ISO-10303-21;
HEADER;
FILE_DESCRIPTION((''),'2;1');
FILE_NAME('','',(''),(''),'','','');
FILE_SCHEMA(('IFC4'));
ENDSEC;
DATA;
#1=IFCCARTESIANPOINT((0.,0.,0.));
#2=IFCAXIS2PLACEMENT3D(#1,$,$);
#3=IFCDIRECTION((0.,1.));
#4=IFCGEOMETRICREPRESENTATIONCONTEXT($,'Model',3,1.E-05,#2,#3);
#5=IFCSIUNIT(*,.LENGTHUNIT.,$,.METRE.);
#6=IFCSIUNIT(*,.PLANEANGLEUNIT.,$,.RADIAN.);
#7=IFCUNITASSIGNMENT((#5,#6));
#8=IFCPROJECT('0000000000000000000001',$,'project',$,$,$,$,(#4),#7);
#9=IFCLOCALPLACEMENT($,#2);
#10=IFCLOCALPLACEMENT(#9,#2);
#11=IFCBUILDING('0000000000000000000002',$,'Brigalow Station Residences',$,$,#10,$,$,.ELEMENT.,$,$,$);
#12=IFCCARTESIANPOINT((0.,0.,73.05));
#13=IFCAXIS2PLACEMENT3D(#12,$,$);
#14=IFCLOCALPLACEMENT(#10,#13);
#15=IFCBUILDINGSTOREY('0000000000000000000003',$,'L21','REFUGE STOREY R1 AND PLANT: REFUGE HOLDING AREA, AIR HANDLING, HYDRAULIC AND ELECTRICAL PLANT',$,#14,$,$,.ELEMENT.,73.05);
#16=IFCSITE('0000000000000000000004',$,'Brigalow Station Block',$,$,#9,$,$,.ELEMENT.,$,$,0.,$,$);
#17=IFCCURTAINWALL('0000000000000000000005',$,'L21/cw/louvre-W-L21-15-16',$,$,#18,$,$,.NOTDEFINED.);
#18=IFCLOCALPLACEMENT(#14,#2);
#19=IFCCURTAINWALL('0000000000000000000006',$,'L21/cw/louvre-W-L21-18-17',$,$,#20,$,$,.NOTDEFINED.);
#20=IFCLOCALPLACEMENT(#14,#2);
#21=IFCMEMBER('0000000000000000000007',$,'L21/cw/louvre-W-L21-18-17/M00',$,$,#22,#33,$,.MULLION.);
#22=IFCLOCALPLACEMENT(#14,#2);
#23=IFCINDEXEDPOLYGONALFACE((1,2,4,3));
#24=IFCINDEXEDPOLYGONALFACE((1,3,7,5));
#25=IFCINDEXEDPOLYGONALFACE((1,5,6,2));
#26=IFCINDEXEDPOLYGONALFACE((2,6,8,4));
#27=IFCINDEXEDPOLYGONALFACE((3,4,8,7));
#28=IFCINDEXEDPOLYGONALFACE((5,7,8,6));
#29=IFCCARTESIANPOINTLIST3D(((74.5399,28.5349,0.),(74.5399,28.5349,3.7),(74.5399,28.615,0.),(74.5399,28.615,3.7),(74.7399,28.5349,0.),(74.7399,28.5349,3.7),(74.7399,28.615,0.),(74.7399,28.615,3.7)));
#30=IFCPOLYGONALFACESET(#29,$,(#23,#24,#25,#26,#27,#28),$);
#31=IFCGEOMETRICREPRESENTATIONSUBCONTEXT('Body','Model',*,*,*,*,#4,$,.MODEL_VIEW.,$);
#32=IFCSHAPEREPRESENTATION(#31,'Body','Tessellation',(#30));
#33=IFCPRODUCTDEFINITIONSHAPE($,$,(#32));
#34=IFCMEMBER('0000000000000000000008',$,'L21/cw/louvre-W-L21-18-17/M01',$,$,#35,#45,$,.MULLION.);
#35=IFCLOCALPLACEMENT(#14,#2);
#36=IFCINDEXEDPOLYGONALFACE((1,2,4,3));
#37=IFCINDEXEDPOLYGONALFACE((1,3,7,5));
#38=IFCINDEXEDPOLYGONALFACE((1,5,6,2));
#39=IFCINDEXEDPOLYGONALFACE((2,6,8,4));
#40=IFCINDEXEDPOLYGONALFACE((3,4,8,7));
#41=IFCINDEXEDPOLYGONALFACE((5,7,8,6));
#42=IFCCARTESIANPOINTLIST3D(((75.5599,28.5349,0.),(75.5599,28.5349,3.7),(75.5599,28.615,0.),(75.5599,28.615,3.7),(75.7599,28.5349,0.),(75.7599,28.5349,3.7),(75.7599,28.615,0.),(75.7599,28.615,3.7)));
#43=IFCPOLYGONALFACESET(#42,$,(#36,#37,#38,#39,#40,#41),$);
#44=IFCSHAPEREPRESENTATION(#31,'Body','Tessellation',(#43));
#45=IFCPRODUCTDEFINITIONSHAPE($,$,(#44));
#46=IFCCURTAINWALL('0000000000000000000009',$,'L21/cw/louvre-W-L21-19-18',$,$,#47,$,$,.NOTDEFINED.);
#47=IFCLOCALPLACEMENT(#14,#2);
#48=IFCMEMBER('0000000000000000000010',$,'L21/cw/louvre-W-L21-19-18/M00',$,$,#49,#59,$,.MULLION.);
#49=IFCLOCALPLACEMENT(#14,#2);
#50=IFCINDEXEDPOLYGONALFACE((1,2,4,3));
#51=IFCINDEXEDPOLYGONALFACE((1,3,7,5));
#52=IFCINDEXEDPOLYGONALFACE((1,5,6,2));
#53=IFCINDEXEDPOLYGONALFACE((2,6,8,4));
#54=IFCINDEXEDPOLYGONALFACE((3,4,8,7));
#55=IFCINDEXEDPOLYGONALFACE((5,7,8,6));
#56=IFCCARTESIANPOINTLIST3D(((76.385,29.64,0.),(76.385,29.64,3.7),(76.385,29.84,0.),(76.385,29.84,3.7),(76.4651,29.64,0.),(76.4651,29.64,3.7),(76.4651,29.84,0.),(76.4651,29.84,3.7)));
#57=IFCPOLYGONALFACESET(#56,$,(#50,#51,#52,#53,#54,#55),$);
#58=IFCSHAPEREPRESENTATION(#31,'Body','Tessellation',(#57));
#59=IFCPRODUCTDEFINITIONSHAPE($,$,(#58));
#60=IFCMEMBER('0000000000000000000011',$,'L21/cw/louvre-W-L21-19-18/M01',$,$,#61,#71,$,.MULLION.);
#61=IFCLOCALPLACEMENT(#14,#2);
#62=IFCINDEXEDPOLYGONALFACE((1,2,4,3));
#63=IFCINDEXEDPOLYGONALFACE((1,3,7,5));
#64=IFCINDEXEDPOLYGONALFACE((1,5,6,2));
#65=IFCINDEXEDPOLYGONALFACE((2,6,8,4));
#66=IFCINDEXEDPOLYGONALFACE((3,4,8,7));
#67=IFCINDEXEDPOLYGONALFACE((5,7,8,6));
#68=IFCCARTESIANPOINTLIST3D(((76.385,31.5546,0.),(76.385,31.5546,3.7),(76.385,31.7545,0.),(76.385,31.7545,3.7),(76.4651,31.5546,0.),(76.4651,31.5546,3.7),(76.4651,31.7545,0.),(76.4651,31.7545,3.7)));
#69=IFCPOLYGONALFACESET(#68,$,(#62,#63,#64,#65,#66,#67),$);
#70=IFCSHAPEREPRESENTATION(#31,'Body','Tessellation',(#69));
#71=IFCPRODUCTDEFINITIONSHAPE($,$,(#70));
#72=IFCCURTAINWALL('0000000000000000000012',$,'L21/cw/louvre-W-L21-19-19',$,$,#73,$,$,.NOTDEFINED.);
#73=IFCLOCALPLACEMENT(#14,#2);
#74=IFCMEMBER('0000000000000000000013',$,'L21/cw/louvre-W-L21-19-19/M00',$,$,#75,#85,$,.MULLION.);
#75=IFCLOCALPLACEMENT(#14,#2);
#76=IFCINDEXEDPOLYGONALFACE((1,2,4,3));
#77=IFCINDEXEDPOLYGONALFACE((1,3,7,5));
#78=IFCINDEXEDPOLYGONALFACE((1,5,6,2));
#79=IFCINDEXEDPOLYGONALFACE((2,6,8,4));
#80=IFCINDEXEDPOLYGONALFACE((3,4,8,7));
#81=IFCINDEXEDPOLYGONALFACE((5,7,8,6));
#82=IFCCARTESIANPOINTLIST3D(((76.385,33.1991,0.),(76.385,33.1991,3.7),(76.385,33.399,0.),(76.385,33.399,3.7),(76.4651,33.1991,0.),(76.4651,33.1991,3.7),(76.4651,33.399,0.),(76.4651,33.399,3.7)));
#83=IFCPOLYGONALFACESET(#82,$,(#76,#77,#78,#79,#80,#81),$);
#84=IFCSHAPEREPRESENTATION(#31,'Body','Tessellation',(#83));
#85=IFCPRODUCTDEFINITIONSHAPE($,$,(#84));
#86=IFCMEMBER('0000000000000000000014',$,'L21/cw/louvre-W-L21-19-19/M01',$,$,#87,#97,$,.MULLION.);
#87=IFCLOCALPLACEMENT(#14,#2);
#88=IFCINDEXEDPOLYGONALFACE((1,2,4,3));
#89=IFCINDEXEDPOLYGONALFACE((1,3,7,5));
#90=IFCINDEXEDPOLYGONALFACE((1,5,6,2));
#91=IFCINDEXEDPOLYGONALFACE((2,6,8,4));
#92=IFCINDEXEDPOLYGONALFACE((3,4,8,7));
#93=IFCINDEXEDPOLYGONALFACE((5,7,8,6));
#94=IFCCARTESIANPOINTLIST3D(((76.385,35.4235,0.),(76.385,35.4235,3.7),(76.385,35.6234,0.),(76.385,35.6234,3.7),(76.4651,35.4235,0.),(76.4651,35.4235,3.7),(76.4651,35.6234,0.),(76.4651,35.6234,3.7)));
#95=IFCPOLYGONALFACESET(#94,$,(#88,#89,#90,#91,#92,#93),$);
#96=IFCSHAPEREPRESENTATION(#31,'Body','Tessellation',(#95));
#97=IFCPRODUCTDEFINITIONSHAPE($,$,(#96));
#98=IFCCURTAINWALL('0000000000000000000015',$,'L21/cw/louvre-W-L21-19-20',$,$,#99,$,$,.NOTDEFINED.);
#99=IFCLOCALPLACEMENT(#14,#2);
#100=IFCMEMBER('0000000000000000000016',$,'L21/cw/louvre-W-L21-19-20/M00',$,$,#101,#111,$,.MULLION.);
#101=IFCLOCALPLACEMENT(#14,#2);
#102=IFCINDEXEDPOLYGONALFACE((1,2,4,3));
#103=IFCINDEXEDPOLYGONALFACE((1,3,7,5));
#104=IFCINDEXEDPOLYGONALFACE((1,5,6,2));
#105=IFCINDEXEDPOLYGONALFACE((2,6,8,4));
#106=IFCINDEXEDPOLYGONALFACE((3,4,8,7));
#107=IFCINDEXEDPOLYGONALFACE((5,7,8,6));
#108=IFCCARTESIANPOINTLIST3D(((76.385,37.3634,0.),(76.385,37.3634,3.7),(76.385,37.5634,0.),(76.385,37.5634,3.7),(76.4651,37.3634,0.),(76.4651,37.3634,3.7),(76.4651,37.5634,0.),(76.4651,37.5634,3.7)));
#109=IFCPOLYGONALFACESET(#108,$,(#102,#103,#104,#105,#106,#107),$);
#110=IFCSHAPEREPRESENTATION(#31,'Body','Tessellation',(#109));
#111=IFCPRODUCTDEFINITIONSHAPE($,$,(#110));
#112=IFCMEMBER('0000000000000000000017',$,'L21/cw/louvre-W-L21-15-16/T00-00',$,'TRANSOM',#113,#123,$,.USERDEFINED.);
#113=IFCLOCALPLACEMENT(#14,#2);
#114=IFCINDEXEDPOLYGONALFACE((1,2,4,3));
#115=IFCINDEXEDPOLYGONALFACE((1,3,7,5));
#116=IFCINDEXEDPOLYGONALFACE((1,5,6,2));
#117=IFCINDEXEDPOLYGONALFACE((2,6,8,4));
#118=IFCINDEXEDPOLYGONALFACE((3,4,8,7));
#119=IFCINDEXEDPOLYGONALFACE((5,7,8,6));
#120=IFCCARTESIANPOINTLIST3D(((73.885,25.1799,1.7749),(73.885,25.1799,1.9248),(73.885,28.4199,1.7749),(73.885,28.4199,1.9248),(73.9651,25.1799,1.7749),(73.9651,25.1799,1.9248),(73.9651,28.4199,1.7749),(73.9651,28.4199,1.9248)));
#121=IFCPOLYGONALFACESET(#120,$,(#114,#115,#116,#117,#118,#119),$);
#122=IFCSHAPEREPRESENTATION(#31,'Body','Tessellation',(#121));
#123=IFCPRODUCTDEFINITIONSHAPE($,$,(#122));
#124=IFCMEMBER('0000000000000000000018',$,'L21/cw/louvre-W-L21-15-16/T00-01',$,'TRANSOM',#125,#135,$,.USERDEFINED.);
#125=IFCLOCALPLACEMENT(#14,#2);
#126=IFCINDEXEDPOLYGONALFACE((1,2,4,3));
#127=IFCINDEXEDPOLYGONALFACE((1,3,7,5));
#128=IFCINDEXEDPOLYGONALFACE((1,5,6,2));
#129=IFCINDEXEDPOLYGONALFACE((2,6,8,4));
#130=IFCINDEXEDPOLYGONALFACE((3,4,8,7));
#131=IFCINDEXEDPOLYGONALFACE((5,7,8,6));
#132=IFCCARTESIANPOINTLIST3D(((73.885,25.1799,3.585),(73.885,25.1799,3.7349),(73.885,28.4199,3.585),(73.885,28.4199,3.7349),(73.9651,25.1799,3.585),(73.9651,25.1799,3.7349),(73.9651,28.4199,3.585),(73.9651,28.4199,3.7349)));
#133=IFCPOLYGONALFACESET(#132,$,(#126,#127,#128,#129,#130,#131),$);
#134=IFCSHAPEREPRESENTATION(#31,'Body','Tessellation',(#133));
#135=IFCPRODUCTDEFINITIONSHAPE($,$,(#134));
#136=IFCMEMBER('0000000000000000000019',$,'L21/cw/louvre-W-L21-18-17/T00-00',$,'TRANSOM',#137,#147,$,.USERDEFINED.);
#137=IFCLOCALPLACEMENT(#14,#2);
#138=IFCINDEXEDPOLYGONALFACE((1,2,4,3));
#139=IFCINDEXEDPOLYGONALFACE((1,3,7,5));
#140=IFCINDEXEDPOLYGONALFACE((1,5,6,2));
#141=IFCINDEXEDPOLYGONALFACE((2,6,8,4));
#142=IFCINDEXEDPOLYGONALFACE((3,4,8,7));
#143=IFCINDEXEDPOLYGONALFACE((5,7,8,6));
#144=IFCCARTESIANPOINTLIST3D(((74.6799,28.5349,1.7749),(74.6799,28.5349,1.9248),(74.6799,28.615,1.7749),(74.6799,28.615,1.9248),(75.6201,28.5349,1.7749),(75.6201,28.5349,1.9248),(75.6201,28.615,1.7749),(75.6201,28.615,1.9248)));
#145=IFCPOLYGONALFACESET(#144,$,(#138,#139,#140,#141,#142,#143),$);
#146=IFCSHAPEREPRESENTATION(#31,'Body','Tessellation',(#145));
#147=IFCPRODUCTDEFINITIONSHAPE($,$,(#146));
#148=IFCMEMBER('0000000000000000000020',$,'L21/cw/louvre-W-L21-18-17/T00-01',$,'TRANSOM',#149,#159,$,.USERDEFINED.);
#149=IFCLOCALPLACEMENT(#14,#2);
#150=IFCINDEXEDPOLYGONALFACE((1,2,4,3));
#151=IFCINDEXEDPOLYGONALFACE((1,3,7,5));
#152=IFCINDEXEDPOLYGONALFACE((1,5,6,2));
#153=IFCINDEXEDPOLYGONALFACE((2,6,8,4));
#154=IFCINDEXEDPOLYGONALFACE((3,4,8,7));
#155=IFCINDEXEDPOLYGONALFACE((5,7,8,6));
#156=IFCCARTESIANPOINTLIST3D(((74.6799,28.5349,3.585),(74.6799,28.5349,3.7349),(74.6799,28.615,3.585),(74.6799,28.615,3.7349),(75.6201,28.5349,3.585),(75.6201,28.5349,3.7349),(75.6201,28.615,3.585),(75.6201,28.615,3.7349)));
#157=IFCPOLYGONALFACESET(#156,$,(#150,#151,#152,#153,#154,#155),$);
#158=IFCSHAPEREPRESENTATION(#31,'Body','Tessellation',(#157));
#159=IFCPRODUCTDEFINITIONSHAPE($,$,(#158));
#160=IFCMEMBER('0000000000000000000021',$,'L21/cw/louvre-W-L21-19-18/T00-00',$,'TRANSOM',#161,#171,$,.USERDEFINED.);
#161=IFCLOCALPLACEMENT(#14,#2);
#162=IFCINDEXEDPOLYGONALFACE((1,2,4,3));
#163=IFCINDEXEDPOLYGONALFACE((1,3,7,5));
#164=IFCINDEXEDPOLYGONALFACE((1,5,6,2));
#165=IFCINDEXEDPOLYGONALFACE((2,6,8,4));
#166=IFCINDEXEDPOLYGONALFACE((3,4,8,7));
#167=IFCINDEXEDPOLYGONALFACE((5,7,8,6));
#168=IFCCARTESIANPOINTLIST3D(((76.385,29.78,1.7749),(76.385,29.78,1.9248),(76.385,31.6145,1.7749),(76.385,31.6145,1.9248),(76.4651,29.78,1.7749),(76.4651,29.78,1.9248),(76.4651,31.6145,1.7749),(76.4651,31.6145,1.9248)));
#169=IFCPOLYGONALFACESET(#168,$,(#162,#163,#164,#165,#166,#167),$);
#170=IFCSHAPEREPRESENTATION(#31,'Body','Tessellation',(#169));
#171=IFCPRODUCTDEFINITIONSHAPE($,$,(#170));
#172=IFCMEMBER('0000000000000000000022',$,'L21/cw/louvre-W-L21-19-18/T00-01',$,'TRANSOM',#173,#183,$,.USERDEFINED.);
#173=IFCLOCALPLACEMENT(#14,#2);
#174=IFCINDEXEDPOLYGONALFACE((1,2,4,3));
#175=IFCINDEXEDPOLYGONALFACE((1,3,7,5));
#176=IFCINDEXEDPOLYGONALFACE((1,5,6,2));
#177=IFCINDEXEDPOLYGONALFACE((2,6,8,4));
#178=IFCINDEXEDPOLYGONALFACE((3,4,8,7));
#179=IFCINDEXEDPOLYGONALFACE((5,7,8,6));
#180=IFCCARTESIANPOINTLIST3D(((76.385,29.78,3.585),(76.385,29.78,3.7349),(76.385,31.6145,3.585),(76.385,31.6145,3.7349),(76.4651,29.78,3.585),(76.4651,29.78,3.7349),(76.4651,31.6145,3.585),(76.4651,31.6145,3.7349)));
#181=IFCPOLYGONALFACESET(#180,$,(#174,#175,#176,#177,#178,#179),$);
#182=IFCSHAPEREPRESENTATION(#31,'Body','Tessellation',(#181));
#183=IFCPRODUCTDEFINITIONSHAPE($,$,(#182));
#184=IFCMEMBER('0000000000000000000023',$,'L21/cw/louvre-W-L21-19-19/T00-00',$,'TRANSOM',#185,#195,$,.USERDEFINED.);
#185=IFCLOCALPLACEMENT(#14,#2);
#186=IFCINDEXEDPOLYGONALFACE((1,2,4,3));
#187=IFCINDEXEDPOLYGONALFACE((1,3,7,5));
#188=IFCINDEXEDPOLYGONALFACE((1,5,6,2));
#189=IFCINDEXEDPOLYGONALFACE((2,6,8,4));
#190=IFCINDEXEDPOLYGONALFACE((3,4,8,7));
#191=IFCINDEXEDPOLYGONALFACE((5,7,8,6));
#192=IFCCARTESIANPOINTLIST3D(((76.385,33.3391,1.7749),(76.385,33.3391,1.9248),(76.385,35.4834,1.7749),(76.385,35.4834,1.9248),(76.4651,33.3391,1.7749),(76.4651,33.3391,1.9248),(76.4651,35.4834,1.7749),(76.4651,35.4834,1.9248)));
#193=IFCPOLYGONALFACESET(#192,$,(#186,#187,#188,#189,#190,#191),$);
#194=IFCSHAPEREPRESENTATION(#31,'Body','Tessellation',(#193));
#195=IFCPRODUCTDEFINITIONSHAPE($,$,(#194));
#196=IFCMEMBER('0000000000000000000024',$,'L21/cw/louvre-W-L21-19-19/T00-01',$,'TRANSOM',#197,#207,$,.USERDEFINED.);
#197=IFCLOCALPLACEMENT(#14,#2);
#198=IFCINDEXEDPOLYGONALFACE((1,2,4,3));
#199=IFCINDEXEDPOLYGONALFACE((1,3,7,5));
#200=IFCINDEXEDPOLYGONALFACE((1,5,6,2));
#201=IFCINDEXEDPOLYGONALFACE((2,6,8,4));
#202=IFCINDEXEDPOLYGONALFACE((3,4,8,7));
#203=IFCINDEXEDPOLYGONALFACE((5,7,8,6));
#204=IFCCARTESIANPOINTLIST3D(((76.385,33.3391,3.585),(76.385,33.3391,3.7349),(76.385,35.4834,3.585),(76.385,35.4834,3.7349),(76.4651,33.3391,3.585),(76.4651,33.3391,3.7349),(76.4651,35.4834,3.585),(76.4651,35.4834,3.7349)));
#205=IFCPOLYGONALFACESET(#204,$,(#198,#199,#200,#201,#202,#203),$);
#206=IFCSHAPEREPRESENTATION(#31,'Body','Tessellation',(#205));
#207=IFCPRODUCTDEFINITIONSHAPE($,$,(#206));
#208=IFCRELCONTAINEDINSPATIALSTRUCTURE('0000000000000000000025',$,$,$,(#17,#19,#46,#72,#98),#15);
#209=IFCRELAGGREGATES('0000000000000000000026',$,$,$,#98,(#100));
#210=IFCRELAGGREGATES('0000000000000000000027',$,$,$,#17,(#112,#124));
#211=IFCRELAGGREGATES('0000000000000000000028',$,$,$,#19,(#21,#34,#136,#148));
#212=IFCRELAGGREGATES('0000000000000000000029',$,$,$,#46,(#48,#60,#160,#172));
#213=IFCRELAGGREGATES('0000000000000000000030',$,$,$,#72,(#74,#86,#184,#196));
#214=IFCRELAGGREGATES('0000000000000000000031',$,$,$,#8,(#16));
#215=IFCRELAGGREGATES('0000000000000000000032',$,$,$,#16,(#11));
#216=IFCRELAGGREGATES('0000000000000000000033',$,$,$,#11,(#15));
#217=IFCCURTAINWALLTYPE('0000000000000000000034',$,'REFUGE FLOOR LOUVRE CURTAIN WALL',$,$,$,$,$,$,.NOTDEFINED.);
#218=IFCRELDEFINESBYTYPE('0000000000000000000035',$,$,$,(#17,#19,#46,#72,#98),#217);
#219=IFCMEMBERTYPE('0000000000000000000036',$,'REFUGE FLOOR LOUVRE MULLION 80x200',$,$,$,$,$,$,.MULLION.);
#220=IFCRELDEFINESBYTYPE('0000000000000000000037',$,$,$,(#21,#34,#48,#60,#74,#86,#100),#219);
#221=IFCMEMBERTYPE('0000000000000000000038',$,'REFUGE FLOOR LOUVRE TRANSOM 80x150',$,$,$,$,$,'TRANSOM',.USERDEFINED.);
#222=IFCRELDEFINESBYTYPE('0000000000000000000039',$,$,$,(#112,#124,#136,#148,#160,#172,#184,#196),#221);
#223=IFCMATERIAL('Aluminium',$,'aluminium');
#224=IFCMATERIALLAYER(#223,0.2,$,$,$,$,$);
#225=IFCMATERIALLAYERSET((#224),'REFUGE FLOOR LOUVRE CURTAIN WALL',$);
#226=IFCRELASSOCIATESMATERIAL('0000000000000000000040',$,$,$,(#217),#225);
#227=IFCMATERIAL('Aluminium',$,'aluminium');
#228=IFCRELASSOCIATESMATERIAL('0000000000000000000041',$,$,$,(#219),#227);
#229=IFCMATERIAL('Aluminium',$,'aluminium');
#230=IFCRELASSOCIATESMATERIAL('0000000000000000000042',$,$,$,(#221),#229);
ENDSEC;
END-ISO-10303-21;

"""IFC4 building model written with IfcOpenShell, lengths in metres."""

from ifc_helpers import new_model, si_unit, direction, frame, origin, origin_2d, place, context, subcontext, project, spatial, rectangle, extrude, material, layer, layer_set, material_profile, profile_set, type_object, element, aggregate, save


model = new_model("IFC4")

# Units and contexts
model_context = context("Model", 3, precision=1e-05, world=origin(), true_north=direction((0.0, 1.0)))
body_context = subcontext(model_context, "Body", "Model", "MODEL_VIEW")
ifc_project = project(units=[si_unit("LENGTHUNIT", "METRE"), si_unit("PLANEANGLEUNIT", "RADIAN")], contexts=[model_context])

# Site, building, storey
site_placement = place(None, origin())
site = spatial("IfcSite", under=ifc_project, at=site_placement, Name="Brigalow Station Block", CompositionType="ELEMENT", RefElevation=0.0)
building_placement = place(site_placement, origin())
building = spatial("IfcBuilding", under=site, at=building_placement, Name="Brigalow Station Residences", CompositionType="ELEMENT")
storey_placement = place(building_placement, frame((0.0, 0.0, 73.05)))
storey = spatial("IfcBuildingStorey", under=building, at=storey_placement, Name="L21", Description="REFUGE STOREY R1 AND PLANT: REFUGE HOLDING AREA, AIR HANDLING, HYDRAULIC AND ELECTRICAL PLANT", CompositionType="ELEMENT", Elevation=73.05)

# Curtain walls, members
ifc_material_1 = material(Name="Aluminium", Category="aluminium")
ifc_layer_1 = layer(ifc_material_1, 0.2)
ifc_layer_set_1 = layer_set([ifc_layer_1], Name="REFUGE FLOOR LOUVRE CURTAIN WALL")
curtain_wall_type = type_object("IfcCurtainWallType", Name="REFUGE FLOOR LOUVRE CURTAIN WALL", PredefinedType="NOTDEFINED", material=ifc_layer_set_1)
curtain_wall_1_placement = place(storey_placement, origin())
curtain_wall_1 = element("IfcCurtainWall", 1, at=curtain_wall_1_placement, inside=storey, type_object=curtain_wall_type, Name="L21/cw/louvre-W-L21-15-16", PredefinedType="NOTDEFINED")
ifc_material_2 = material(Name="Aluminium", Category="aluminium")
ifc_material_profile_1 = material_profile(ifc_material_2, rectangle(XDim=0.0801, YDim=0.2, at=origin_2d()), Name="REFUGE FLOOR LOUVRE MULLION 80x200")
ifc_profile_set_1 = profile_set([ifc_material_profile_1], Name="Aluminium")
member_type_1 = type_object("IfcMemberType", Name="REFUGE FLOOR LOUVRE MULLION 80x200", PredefinedType="MULLION", material=ifc_profile_set_1)
curtain_wall_2_placement = place(storey_placement, origin())
curtain_wall_2 = element("IfcCurtainWall", 2, at=curtain_wall_2_placement, inside=storey, type_object=curtain_wall_type, Name="L21/cw/louvre-W-L21-18-17", PredefinedType="NOTDEFINED")
member_1_placement = place(storey_placement, frame((74.6399, 28.575, 0.0), z_axis=(0.0, 0.0, 1.0), x_axis=(0.0, 1.0, 0.0)))
member_1 = element("IfcMember", 3, at=member_1_placement, type_object=member_type_1, Name="L21/cw/louvre-W-L21-18-17/M00", PredefinedType="MULLION", context=body_context, shape_type="SweptSolid", body=[
    extrude(rectangle(XDim=0.0801, YDim=0.2, at=origin_2d()), origin(), (0.0, 0.0, 1.0), 3.7),
])
member_2_placement = place(storey_placement, frame((75.6599, 28.575, 0.0), z_axis=(0.0, 0.0, 1.0), x_axis=(0.0, 1.0, 0.0)))
member_2 = element("IfcMember", 4, at=member_2_placement, type_object=member_type_1, Name="L21/cw/louvre-W-L21-18-17/M01", PredefinedType="MULLION", context=body_context, shape_type="SweptSolid", body=[
    extrude(rectangle(XDim=0.0801, YDim=0.2, at=origin_2d()), origin(), (0.0, 0.0, 1.0), 3.7),
])
curtain_wall_3_placement = place(storey_placement, origin())
curtain_wall_3 = element("IfcCurtainWall", 5, at=curtain_wall_3_placement, inside=storey, type_object=curtain_wall_type, Name="L21/cw/louvre-W-L21-19-18", PredefinedType="NOTDEFINED")
member_3_placement = place(storey_placement, frame((76.425, 29.74, 0.0), z_axis=(0.0, 0.0, 1.0), x_axis=(-1.0, 0.0, 0.0)))
member_3 = element("IfcMember", 6, at=member_3_placement, type_object=member_type_1, Name="L21/cw/louvre-W-L21-19-18/M00", PredefinedType="MULLION", context=body_context, shape_type="SweptSolid", body=[
    extrude(rectangle(XDim=0.0801, YDim=0.2, at=origin_2d()), origin(), (0.0, 0.0, 1.0), 3.7),
])
member_4_placement = place(storey_placement, frame((76.425, 31.6545, 0.0), z_axis=(0.0, 0.0, 1.0), x_axis=(-1.0, 0.0, 0.0)))
member_4 = element("IfcMember", 7, at=member_4_placement, type_object=member_type_1, Name="L21/cw/louvre-W-L21-19-18/M01", PredefinedType="MULLION", context=body_context, shape_type="SweptSolid", body=[
    extrude(rectangle(XDim=0.0801, YDim=0.2, at=origin_2d()), origin(), (0.0, 0.0, 1.0), 3.7),
])
curtain_wall_4_placement = place(storey_placement, origin())
curtain_wall_4 = element("IfcCurtainWall", 8, at=curtain_wall_4_placement, inside=storey, type_object=curtain_wall_type, Name="L21/cw/louvre-W-L21-19-19", PredefinedType="NOTDEFINED")
member_5_placement = place(storey_placement, frame((76.425, 33.2991, 0.0), z_axis=(0.0, 0.0, 1.0), x_axis=(-1.0, 0.0, 0.0)))
member_5 = element("IfcMember", 9, at=member_5_placement, type_object=member_type_1, Name="L21/cw/louvre-W-L21-19-19/M00", PredefinedType="MULLION", context=body_context, shape_type="SweptSolid", body=[
    extrude(rectangle(XDim=0.0801, YDim=0.2, at=origin_2d()), origin(), (0.0, 0.0, 1.0), 3.7),
])
member_6_placement = place(storey_placement, frame((76.425, 35.5234, 0.0), z_axis=(0.0, 0.0, 1.0), x_axis=(-1.0, 0.0, 0.0)))
member_6 = element("IfcMember", 10, at=member_6_placement, type_object=member_type_1, Name="L21/cw/louvre-W-L21-19-19/M01", PredefinedType="MULLION", context=body_context, shape_type="SweptSolid", body=[
    extrude(rectangle(XDim=0.0801, YDim=0.2, at=origin_2d()), origin(), (0.0, 0.0, 1.0), 3.7),
])

# Curtain wall, member
curtain_wall_5_placement = place(storey_placement, origin())
curtain_wall_5 = element("IfcCurtainWall", 11, at=curtain_wall_5_placement, inside=storey, type_object=curtain_wall_type, Name="L21/cw/louvre-W-L21-19-20", PredefinedType="NOTDEFINED")
member_7_placement = place(storey_placement, frame((76.425, 37.4634, 0.0), z_axis=(0.0, 0.0, 1.0), x_axis=(-1.0, 0.0, 0.0)))
member_7 = element("IfcMember", 12, at=member_7_placement, type_object=member_type_1, Name="L21/cw/louvre-W-L21-19-20/M00", PredefinedType="MULLION", context=body_context, shape_type="SweptSolid", body=[
    extrude(rectangle(XDim=0.0801, YDim=0.2, at=origin_2d()), origin(), (0.0, 0.0, 1.0), 3.7),
])

# Members
ifc_material_3 = material(Name="Aluminium", Category="aluminium")
ifc_material_profile_2 = material_profile(ifc_material_3, rectangle(XDim=0.0801, YDim=0.1499, at=origin_2d()), Name="REFUGE FLOOR LOUVRE TRANSOM 80x150")
ifc_profile_set_2 = profile_set([ifc_material_profile_2], Name="Aluminium")
member_type_2 = type_object("IfcMemberType", Name="REFUGE FLOOR LOUVRE TRANSOM 80x150", ElementType="TRANSOM", PredefinedType="USERDEFINED", material=ifc_profile_set_2)
member_8_placement = place(storey_placement, frame((73.925, 25.1799, 1.8499), z_axis=(0.0, 1.0, 0.0), x_axis=(-1.0, 0.0, 0.0)))
member_8 = element("IfcMember", 13, at=member_8_placement, type_object=member_type_2, Name="L21/cw/louvre-W-L21-15-16/T00-00", ObjectType="TRANSOM", PredefinedType="USERDEFINED", context=body_context, shape_type="SweptSolid", body=[
    extrude(rectangle(XDim=0.0801, YDim=0.1499, at=origin_2d()), origin(), (0.0, 0.0, 1.0), 3.24),
])
member_9_placement = place(storey_placement, frame((73.925, 25.1799, 3.6599), z_axis=(0.0, 1.0, 0.0), x_axis=(-1.0, 0.0, 0.0)))
member_9 = element("IfcMember", 14, at=member_9_placement, type_object=member_type_2, Name="L21/cw/louvre-W-L21-15-16/T00-01", ObjectType="TRANSOM", PredefinedType="USERDEFINED", context=body_context, shape_type="SweptSolid", body=[
    extrude(rectangle(XDim=0.0801, YDim=0.1499, at=origin_2d()), origin(), (0.0, 0.0, 1.0), 3.24),
])
member_10_placement = place(storey_placement, frame((74.6799, 28.575, 1.8499), z_axis=(1.0, 0.0, 0.0), x_axis=(0.0, 1.0, 0.0)))
member_10 = element("IfcMember", 15, at=member_10_placement, type_object=member_type_2, Name="L21/cw/louvre-W-L21-18-17/T00-00", ObjectType="TRANSOM", PredefinedType="USERDEFINED", context=body_context, shape_type="SweptSolid", body=[
    extrude(rectangle(XDim=0.0801, YDim=0.1499, at=origin_2d()), origin(), (0.0, 0.0, 1.0), 0.9402),
])
member_11_placement = place(storey_placement, frame((74.6799, 28.575, 3.6599), z_axis=(1.0, 0.0, 0.0), x_axis=(0.0, 1.0, 0.0)))
member_11 = element("IfcMember", 16, at=member_11_placement, type_object=member_type_2, Name="L21/cw/louvre-W-L21-18-17/T00-01", ObjectType="TRANSOM", PredefinedType="USERDEFINED", context=body_context, shape_type="SweptSolid", body=[
    extrude(rectangle(XDim=0.0801, YDim=0.1499, at=origin_2d()), origin(), (0.0, 0.0, 1.0), 0.9402),
])
member_12_placement = place(storey_placement, frame((76.425, 29.78, 1.8499), z_axis=(0.0, 1.0, 0.0), x_axis=(-1.0, 0.0, 0.0)))
member_12 = element("IfcMember", 17, at=member_12_placement, type_object=member_type_2, Name="L21/cw/louvre-W-L21-19-18/T00-00", ObjectType="TRANSOM", PredefinedType="USERDEFINED", context=body_context, shape_type="SweptSolid", body=[
    extrude(rectangle(XDim=0.0801, YDim=0.1499, at=origin_2d()), origin(), (0.0, 0.0, 1.0), 1.8345),
])
member_13_placement = place(storey_placement, frame((76.425, 29.78, 3.6599), z_axis=(0.0, 1.0, 0.0), x_axis=(-1.0, 0.0, 0.0)))
member_13 = element("IfcMember", 18, at=member_13_placement, type_object=member_type_2, Name="L21/cw/louvre-W-L21-19-18/T00-01", ObjectType="TRANSOM", PredefinedType="USERDEFINED", context=body_context, shape_type="SweptSolid", body=[
    extrude(rectangle(XDim=0.0801, YDim=0.1499, at=origin_2d()), origin(), (0.0, 0.0, 1.0), 1.8345),
])
member_14_placement = place(storey_placement, frame((76.425, 33.3391, 1.8499), z_axis=(0.0, 1.0, 0.0), x_axis=(-1.0, 0.0, 0.0)))
member_14 = element("IfcMember", 19, at=member_14_placement, type_object=member_type_2, Name="L21/cw/louvre-W-L21-19-19/T00-00", ObjectType="TRANSOM", PredefinedType="USERDEFINED", context=body_context, shape_type="SweptSolid", body=[
    extrude(rectangle(XDim=0.0801, YDim=0.1499, at=origin_2d()), origin(), (0.0, 0.0, 1.0), 2.1443),
])
member_15_placement = place(storey_placement, frame((76.425, 33.3391, 3.6599), z_axis=(0.0, 1.0, 0.0), x_axis=(-1.0, 0.0, 0.0)))
member_15 = element("IfcMember", 20, at=member_15_placement, type_object=member_type_2, Name="L21/cw/louvre-W-L21-19-19/T00-01", ObjectType="TRANSOM", PredefinedType="USERDEFINED", context=body_context, shape_type="SweptSolid", body=[
    extrude(rectangle(XDim=0.0801, YDim=0.1499, at=origin_2d()), origin(), (0.0, 0.0, 1.0), 2.1443),
])
aggregate(curtain_wall_5, [member_7])

aggregate(curtain_wall_1, [member_8, member_9])
aggregate(curtain_wall_2, [member_1, member_2, member_10, member_11])
aggregate(curtain_wall_3, [member_3, member_4, member_12, member_13])
aggregate(curtain_wall_4, [member_5, member_6, member_14, member_15])

save(model, "model.ifc")
